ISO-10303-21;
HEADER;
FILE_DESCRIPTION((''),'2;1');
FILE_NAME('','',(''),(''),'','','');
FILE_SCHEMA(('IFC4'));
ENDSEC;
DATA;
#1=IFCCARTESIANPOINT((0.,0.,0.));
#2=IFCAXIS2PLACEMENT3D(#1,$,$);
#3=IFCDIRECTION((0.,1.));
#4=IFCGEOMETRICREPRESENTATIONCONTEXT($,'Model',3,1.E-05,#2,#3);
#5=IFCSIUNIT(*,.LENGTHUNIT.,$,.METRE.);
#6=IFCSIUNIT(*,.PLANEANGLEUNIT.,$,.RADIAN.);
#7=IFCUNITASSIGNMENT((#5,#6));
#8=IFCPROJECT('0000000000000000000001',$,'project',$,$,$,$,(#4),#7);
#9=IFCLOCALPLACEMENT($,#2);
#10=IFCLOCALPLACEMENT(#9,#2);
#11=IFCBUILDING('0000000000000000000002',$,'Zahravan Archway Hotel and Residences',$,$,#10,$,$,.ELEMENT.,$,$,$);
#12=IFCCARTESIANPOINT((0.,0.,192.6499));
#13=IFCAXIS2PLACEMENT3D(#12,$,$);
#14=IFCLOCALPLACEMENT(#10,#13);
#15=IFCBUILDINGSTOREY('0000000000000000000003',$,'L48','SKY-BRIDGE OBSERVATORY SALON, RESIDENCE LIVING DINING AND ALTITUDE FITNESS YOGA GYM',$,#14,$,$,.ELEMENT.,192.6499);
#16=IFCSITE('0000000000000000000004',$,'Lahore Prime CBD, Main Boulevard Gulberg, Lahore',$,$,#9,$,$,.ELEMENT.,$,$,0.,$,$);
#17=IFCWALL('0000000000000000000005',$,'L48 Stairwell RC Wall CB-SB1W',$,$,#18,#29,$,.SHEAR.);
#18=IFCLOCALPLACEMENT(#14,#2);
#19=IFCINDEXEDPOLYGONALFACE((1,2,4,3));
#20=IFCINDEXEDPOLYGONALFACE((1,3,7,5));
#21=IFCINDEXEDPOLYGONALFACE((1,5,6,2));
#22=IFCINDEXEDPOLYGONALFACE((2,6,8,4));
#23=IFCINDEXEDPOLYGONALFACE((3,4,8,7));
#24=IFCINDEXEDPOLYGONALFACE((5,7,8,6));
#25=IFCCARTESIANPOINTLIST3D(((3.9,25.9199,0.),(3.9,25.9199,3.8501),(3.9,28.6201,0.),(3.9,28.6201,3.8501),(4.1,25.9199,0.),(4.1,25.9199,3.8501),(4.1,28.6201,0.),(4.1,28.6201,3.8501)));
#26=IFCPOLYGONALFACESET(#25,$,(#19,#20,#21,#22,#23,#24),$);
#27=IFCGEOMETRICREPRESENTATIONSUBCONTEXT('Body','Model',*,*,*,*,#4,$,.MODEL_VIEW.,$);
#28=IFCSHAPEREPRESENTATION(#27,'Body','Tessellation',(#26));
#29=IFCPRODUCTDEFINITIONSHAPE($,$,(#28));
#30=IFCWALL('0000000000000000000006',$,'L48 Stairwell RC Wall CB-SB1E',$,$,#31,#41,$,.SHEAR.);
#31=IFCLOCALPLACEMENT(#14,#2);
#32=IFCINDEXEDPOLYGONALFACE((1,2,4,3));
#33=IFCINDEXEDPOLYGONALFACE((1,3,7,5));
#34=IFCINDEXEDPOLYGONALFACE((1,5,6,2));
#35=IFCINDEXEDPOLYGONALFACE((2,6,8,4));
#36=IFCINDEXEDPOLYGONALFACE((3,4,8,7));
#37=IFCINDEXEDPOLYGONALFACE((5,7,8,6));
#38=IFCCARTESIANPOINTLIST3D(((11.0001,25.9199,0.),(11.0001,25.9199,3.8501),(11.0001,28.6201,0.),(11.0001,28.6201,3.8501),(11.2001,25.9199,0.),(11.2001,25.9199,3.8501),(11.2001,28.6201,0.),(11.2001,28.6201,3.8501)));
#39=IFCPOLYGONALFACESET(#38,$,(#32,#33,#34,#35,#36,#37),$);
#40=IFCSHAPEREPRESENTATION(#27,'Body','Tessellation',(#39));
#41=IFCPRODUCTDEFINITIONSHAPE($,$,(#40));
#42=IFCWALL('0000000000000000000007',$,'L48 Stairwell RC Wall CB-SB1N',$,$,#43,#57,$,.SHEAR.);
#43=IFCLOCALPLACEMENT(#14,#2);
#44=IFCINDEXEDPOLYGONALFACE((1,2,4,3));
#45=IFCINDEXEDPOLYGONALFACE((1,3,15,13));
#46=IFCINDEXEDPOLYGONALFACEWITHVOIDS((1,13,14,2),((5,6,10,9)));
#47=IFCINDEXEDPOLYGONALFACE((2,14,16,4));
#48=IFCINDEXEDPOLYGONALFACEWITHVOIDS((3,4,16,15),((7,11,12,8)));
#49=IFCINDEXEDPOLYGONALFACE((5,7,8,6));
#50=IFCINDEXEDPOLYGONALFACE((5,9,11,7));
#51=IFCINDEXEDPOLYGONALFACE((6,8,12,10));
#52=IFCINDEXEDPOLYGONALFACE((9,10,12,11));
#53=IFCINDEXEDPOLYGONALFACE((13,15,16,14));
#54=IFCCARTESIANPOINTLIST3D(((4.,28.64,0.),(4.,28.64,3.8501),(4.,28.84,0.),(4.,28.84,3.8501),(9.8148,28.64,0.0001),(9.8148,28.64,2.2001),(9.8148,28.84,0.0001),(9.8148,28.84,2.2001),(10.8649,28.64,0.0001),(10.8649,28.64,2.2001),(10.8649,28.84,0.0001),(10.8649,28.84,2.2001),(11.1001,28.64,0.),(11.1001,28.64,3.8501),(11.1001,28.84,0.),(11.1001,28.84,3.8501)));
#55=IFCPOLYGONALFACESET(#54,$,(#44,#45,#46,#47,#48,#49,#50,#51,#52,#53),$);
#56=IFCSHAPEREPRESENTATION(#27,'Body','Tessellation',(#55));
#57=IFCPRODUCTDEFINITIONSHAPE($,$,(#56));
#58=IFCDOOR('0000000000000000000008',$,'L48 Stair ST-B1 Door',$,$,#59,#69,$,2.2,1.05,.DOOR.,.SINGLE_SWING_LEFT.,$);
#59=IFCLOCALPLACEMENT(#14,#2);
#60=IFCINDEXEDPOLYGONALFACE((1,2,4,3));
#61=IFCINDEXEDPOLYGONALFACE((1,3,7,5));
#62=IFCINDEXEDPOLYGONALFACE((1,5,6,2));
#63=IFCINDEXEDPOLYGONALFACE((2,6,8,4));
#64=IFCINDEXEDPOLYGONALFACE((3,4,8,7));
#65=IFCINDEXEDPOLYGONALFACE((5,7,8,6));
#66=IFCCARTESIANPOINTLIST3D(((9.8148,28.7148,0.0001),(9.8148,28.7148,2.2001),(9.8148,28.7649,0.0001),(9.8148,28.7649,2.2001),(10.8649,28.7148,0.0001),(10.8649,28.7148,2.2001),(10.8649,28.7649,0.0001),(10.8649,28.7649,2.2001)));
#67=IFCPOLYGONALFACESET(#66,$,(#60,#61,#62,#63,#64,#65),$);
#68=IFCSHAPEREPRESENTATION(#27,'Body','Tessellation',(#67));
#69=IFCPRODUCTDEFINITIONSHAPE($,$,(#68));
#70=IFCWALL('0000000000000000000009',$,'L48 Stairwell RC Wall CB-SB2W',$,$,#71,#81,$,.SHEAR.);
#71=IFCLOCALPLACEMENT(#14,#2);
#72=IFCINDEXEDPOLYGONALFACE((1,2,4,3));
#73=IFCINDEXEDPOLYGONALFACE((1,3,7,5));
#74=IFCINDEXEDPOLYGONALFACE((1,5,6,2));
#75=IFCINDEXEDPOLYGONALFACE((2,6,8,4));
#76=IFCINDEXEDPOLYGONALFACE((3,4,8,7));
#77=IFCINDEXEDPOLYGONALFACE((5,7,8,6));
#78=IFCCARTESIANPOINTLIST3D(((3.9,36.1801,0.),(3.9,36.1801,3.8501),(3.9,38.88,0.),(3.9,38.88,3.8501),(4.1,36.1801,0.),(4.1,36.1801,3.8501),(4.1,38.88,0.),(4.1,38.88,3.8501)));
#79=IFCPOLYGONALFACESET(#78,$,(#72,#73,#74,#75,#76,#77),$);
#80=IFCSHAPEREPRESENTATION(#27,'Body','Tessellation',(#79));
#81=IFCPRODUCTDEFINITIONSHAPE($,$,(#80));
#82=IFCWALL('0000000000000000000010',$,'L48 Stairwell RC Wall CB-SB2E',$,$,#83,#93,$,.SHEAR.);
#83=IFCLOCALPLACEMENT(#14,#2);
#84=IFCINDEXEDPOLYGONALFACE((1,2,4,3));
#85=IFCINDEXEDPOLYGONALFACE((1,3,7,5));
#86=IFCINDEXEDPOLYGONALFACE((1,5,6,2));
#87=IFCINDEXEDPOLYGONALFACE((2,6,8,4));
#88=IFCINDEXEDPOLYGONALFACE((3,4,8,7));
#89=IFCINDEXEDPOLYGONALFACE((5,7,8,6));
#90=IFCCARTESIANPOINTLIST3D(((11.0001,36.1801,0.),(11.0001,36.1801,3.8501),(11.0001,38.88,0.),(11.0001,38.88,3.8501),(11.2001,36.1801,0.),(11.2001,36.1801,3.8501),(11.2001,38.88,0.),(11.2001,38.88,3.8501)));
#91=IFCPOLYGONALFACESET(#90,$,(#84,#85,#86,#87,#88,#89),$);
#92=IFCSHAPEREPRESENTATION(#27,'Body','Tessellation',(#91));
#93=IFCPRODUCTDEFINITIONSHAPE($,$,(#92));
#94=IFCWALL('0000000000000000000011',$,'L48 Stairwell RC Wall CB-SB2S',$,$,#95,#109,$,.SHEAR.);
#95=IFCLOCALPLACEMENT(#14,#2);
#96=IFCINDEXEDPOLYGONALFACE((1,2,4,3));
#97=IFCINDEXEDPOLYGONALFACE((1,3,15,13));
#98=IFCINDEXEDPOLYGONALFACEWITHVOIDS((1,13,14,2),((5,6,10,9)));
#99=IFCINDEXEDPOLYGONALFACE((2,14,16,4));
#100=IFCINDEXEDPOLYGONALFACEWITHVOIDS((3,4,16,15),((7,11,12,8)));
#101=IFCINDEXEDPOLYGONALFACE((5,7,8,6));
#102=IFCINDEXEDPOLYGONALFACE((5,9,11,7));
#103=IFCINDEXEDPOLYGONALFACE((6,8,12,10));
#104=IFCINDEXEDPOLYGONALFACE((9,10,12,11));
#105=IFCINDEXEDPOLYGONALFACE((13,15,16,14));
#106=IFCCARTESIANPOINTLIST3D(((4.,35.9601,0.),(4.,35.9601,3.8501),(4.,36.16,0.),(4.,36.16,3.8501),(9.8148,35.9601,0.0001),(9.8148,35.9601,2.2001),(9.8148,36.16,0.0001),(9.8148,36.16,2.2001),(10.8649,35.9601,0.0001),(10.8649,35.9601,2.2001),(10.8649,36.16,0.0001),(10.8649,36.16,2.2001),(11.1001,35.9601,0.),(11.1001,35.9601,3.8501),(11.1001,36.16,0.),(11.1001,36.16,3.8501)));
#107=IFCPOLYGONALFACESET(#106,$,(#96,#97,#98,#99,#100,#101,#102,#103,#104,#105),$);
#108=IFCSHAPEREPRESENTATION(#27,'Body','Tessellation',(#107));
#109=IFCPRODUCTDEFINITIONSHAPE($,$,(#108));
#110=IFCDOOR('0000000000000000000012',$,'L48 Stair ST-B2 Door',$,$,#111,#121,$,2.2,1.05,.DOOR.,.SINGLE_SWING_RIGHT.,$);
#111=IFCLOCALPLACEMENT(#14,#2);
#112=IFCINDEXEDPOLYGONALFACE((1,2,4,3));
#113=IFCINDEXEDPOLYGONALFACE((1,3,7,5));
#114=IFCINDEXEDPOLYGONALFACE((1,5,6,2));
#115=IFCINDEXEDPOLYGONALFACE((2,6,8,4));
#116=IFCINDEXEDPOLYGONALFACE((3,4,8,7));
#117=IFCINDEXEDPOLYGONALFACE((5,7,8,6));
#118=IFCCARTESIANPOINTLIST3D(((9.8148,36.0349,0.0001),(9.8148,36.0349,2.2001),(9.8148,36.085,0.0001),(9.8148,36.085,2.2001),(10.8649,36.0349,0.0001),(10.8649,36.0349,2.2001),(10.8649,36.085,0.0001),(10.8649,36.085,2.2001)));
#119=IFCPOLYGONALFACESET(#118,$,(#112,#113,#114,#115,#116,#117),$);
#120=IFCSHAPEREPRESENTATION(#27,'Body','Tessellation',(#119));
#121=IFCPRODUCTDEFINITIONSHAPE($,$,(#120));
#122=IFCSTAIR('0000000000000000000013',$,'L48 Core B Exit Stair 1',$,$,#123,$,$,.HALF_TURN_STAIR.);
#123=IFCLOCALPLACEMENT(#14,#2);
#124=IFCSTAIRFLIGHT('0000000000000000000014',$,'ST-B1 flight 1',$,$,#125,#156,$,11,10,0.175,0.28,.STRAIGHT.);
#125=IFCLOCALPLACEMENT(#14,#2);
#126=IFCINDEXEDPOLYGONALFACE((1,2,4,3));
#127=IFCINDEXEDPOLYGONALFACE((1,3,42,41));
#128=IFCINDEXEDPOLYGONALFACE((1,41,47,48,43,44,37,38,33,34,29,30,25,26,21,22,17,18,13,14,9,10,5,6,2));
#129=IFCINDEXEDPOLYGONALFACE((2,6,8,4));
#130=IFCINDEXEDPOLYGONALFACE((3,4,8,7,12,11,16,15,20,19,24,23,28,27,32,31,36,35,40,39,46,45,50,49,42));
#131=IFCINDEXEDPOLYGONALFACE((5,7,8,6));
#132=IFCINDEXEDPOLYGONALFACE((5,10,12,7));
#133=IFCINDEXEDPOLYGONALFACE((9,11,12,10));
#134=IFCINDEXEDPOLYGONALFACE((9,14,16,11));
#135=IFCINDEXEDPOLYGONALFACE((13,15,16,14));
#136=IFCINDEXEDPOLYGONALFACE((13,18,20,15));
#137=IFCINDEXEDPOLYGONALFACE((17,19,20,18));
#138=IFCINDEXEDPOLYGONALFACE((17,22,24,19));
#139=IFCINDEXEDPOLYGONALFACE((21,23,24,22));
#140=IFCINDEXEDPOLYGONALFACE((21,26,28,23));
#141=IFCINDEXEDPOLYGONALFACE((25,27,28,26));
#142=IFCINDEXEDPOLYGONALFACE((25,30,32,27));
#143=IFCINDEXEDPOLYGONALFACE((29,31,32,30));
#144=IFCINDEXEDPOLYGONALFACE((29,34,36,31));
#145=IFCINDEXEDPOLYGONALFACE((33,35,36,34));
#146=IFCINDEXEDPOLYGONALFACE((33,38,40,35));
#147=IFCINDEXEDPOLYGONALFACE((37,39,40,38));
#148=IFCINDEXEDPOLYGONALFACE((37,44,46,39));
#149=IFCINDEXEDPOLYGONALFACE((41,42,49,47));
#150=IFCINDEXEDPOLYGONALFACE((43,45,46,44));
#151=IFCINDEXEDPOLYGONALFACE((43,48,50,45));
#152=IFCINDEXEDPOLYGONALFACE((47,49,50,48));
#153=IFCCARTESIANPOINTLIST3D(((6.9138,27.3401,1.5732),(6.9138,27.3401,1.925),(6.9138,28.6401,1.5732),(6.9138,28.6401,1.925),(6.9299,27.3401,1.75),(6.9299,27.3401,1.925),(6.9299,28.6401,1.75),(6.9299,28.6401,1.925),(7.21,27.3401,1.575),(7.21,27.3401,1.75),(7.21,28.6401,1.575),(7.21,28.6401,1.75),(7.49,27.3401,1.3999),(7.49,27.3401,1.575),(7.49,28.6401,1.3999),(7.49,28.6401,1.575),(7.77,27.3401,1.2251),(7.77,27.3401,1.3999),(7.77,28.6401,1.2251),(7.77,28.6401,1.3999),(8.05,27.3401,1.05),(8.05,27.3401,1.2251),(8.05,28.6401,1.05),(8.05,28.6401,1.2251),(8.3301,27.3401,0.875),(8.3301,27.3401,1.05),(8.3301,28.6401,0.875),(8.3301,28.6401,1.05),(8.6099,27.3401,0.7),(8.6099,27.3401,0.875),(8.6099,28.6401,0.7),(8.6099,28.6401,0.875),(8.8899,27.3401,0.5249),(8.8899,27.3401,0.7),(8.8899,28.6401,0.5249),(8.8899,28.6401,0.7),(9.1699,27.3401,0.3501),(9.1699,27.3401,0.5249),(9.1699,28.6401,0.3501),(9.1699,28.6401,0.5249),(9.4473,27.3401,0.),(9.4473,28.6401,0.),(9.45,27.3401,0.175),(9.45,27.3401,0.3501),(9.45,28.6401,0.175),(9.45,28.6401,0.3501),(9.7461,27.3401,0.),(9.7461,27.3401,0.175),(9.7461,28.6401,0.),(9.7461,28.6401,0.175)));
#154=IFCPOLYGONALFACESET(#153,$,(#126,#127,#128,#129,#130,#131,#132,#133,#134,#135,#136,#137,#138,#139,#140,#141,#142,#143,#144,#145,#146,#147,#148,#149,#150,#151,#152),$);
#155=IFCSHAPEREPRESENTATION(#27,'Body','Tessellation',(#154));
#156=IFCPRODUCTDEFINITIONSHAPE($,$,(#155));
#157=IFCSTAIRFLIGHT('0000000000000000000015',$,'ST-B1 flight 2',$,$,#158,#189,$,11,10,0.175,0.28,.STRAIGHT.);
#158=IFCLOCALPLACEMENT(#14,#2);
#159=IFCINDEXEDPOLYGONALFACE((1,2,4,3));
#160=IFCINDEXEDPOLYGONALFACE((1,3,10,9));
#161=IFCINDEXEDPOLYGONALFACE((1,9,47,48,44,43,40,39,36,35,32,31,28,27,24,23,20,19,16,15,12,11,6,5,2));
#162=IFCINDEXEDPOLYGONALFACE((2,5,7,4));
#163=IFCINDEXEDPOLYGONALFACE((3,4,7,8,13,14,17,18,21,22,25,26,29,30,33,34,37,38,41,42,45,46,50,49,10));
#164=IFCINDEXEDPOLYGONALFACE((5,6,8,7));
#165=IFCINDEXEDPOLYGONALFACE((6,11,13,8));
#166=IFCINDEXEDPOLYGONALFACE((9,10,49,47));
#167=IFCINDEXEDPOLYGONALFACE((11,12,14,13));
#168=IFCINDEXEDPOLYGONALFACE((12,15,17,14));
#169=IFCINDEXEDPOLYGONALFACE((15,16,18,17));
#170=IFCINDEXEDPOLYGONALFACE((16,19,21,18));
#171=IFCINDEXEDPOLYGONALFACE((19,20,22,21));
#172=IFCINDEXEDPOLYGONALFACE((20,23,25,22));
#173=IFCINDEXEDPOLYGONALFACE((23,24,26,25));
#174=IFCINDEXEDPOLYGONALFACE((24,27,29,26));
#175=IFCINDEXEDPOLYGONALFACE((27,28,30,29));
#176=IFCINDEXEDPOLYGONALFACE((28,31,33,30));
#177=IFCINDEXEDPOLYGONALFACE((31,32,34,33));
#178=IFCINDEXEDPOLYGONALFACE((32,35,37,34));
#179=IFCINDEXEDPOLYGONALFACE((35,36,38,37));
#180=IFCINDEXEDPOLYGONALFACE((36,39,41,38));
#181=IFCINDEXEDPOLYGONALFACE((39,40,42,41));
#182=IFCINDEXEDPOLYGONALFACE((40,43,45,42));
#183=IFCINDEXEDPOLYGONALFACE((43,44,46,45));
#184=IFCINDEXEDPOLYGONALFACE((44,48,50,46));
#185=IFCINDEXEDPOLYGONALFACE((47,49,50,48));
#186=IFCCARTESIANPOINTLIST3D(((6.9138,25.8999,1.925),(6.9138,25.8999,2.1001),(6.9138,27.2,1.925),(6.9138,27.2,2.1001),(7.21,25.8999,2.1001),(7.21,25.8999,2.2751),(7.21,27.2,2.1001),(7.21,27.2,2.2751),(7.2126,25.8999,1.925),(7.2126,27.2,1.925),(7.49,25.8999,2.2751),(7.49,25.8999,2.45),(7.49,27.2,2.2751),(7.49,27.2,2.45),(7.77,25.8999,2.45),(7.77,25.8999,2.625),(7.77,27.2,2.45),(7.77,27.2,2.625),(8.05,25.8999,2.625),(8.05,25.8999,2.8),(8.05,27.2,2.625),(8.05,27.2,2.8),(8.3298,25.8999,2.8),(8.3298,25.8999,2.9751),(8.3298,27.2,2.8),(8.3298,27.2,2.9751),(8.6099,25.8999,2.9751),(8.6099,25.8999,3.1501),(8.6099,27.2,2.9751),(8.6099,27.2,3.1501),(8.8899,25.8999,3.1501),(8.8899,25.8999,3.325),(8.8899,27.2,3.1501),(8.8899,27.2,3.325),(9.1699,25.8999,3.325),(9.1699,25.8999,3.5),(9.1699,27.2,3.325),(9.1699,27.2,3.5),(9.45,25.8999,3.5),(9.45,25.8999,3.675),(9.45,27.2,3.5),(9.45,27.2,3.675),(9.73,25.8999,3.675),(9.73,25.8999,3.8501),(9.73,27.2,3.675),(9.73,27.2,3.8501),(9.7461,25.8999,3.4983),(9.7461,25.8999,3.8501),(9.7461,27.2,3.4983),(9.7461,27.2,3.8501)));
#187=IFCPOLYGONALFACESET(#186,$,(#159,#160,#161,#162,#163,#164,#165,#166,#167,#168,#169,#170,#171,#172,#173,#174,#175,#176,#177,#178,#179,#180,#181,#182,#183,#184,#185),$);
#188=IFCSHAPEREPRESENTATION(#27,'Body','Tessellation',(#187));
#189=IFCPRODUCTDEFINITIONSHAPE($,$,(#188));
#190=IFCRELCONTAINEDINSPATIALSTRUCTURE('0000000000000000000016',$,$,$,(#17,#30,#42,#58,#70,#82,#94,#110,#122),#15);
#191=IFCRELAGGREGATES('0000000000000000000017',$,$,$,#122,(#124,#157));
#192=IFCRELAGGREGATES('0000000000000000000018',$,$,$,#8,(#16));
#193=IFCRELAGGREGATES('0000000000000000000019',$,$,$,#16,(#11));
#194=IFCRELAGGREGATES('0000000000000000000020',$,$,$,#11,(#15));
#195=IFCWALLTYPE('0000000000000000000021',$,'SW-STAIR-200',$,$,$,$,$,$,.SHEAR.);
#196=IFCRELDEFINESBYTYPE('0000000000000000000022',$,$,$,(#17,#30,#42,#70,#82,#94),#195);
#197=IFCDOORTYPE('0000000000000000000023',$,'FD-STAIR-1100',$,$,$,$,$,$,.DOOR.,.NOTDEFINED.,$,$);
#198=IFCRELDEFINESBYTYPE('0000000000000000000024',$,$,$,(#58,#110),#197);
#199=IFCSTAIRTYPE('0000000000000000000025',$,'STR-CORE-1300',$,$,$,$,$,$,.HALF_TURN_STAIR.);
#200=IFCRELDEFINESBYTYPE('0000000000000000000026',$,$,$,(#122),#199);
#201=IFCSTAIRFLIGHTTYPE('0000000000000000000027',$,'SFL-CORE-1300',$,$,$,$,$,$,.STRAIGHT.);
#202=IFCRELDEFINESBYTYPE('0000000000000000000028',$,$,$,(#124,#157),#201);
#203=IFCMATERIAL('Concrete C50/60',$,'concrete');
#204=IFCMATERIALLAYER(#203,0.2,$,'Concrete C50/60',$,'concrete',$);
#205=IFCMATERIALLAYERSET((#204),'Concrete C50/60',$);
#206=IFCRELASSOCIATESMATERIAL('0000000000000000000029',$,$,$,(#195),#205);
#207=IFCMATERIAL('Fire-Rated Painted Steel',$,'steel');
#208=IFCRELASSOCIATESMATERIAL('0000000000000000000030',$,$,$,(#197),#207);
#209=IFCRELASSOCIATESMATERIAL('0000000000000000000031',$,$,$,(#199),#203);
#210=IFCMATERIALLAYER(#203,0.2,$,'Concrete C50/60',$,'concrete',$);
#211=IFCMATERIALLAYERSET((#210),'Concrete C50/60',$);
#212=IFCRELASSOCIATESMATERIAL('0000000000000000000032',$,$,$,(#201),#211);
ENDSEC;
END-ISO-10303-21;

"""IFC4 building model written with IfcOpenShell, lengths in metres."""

from ifc_helpers import new_model, si_unit, direction, frame, frame_2d, origin, place, context, subcontext, project, spatial, polyline, rectangle, outline, extrude, source, transform, mapped, material, layer, layer_set, type_object, type_shapes, element, fill, aggregate, save


model = new_model("IFC4")

# Units and contexts
model_context = context("Model", 3, precision=1e-05, world=origin(), true_north=direction((0.0, 1.0)))
body_context = subcontext(model_context, "Body", "Model", "MODEL_VIEW")
ifc_project = project(units=[si_unit("LENGTHUNIT", "METRE"), si_unit("PLANEANGLEUNIT", "RADIAN")], contexts=[model_context])

# Site, building, storey
site_placement = place(None, origin())
site = spatial("IfcSite", under=ifc_project, at=site_placement, Name="Lahore Prime CBD, Main Boulevard Gulberg, Lahore", CompositionType="ELEMENT", RefElevation=0.0)
building_placement = place(site_placement, origin())
building = spatial("IfcBuilding", under=site, at=building_placement, Name="Zahravan Archway Hotel and Residences", CompositionType="ELEMENT")
storey_placement = place(building_placement, frame((0.0, 0.0, 192.6499)))
storey = spatial("IfcBuildingStorey", under=building, at=storey_placement, Name="L48", Description="SKY-BRIDGE OBSERVATORY SALON, RESIDENCE LIVING DINING AND ALTITUDE FITNESS YOGA GYM", CompositionType="ELEMENT", Elevation=192.6499)

# Shared definitions
ifc_material_1 = material(Name="Fire-Rated Painted Steel", Category="steel")

# Walls
ifc_material_2 = material(Name="Concrete C50/60", Category="concrete")
ifc_layer_1 = layer(ifc_material_2, 0.2, Name="Concrete C50/60", Category="concrete")
ifc_layer_set_1 = layer_set([ifc_layer_1], Name="Concrete C50/60")
wall_type_1 = type_object("IfcWallType", Name="SW-STAIR-200", PredefinedType="SHEAR", material=ifc_layer_set_1)
for number, where, z_axis, x_axis, name in (
    (1, (4.0, 25.9199, 0.0), (0.0, 0.0, 1.0), (0.0, 1.0, 0.0), "L48 Stairwell RC Wall CB-SB1W"),
    (2, (11.1001, 25.9199, 0.0), (0.0, 0.0, 1.0), (0.0, 1.0, 0.0), "L48 Stairwell RC Wall CB-SB1E"),
):
    element("IfcWall", number, at=place(storey_placement, frame(where, z_axis=z_axis, x_axis=x_axis)), inside=storey, type_object=wall_type_1, Name=name, PredefinedType="SHEAR", context=body_context, shape_type="SweptSolid", body=[
        extrude(rectangle(XDim=2.7002, YDim=0.2, at=frame_2d((1.3501, 0.0))), origin(), (0.0, 0.0, 1.0), 3.8501),
    ])

# Wall, opening, door
wall_1_placement = place(storey_placement, frame((4.0, 28.74, 0.0), z_axis=(0.0, 0.0, 1.0), x_axis=(1.0, 0.0, 0.0)))
wall_1 = element("IfcWall", 3, at=wall_1_placement, inside=storey, type_object=wall_type_1, Name="L48 Stairwell RC Wall CB-SB1N", PredefinedType="SHEAR", context=body_context, shape_type="SweptSolid", body=[
    extrude(rectangle(XDim=7.1001, YDim=0.2, at=frame_2d((3.55, 0.0))), origin(), (0.0, 0.0, 1.0), 3.8501),
])
opening_1_placement = place(wall_1_placement, frame((5.8149, 0.0, 0.0)))
opening_1 = element("IfcOpeningElement", 4, at=opening_1_placement, cuts=wall_1, PredefinedType="OPENING", context=body_context, shape_type="SweptSolid", body=[
    extrude(rectangle(XDim=1.05, YDim=2.2, at=frame_2d((0.5249, 1.1001))), frame((0.0, 0.1099, 0.0), z_axis=(0.0, -1.0, 0.0), x_axis=(1.0, 0.0, 0.0)), (0.0, 0.0, 1.0), 0.22),
])
door_type_1 = type_object("IfcDoorType", Name="FD-STAIR-1100", OperationType="NOTDEFINED", PredefinedType="DOOR", material=ifc_material_1)
shared_shape_1 = source(origin(), body_context, "Body", "SweptSolid", [
    extrude(rectangle(XDim=1.05, YDim=2.2, at=frame_2d((0.5249, 1.1001))), frame((0.0, 0.0249, 0.0), z_axis=(0.0, -1.0, 0.0), x_axis=(1.0, 0.0, 0.0)), (0.0, 0.0, 1.0), 0.05),
])
type_shapes(door_type_1, [shared_shape_1])
door_1_placement = place(opening_1_placement, origin())
door_1 = element("IfcDoor", 5, at=door_1_placement, inside=storey, type_object=door_type_1, Name="L48 Stair ST-B1 Door", OperationType="SINGLE_SWING_LEFT", OverallHeight=2.2, OverallWidth=1.05, PredefinedType="DOOR", context=body_context, shape_type="MappedRepresentation", body=[
    mapped(shared_shape_1, transform((0.0, 0.0, 0.0), scale=1.0)),
])
fill(opening_1, door_1)

# Walls
for number, where, z_axis, x_axis, name in (
    (6, (4.0, 36.1799, 0.0), (0.0, 0.0, 1.0), (0.0, 1.0, 0.0), "L48 Stairwell RC Wall CB-SB2W"),
    (7, (11.1001, 36.1799, 0.0), (0.0, 0.0, 1.0), (0.0, 1.0, 0.0), "L48 Stairwell RC Wall CB-SB2E"),
):
    element("IfcWall", number, at=place(storey_placement, frame(where, z_axis=z_axis, x_axis=x_axis)), inside=storey, type_object=wall_type_1, Name=name, PredefinedType="SHEAR", context=body_context, shape_type="SweptSolid", body=[
        extrude(rectangle(XDim=2.7, YDim=0.2, at=frame_2d((1.3501, 0.0))), origin(), (0.0, 0.0, 1.0), 3.8501),
    ])

# Wall, opening, door
wall_2_placement = place(storey_placement, frame((4.0, 36.0601, 0.0), z_axis=(0.0, 0.0, 1.0), x_axis=(1.0, 0.0, 0.0)))
wall_2 = element("IfcWall", 8, at=wall_2_placement, inside=storey, type_object=wall_type_1, Name="L48 Stairwell RC Wall CB-SB2S", PredefinedType="SHEAR", context=body_context, shape_type="SweptSolid", body=[
    extrude(rectangle(XDim=7.1001, YDim=0.2, at=frame_2d((3.55, 0.0))), origin(), (0.0, 0.0, 1.0), 3.8501),
])
opening_2_placement = place(wall_2_placement, frame((5.8149, 0.0, 0.0)))
opening_2 = element("IfcOpeningElement", 9, at=opening_2_placement, cuts=wall_2, PredefinedType="OPENING", context=body_context, shape_type="SweptSolid", body=[
    extrude(rectangle(XDim=1.05, YDim=2.2, at=frame_2d((0.5249, 1.1001))), frame((0.0, 0.1099, 0.0), z_axis=(0.0, -1.0, 0.0), x_axis=(1.0, 0.0, 0.0)), (0.0, 0.0, 1.0), 0.22),
])
door_2_placement = place(opening_2_placement, origin())
door_2 = element("IfcDoor", 10, at=door_2_placement, inside=storey, type_object=door_type_1, Name="L48 Stair ST-B2 Door", OperationType="SINGLE_SWING_RIGHT", OverallHeight=2.2, OverallWidth=1.05, PredefinedType="DOOR", context=body_context, shape_type="MappedRepresentation", body=[
    mapped(shared_shape_1, transform((0.0, 0.0, 0.0), scale=1.0)),
])
fill(opening_2, door_2)

# Stair, stair flights
stair_type = type_object("IfcStairType", Name="STR-CORE-1300", PredefinedType="HALF_TURN_STAIR", material=ifc_material_2)
stair_1_placement = place(storey_placement, origin())
stair_1 = element("IfcStair", 11, at=stair_1_placement, inside=storey, type_object=stair_type, Name="L48 Core B Exit Stair 1", PredefinedType="HALF_TURN_STAIR")
ifc_layer_2 = layer(ifc_material_2, 0.2, Name="Concrete C50/60", Category="concrete")
ifc_layer_set_2 = layer_set([ifc_layer_2], Name="Concrete C50/60")
stair_flight_type = type_object("IfcStairFlightType", Name="SFL-CORE-1300", PredefinedType="STRAIGHT", material=ifc_layer_set_2)
shared_shape_2 = source(origin(), body_context, "Body", "SweptSolid", [
    extrude(outline(polyline([(-0.0161, 0.0), (-0.0161, 0.175), (0.28, 0.175), (0.28, 0.3501), (0.5601, 0.3501), (0.5601, 0.5249), (0.8401, 0.5249), (0.8401, 0.7), (1.1201, 0.7), (1.1201, 0.875), (1.3999, 0.875), (1.3999, 1.05), (1.6799, 1.05), (1.6799, 1.2251), (1.96, 1.2251), (1.96, 1.3999), (2.24, 1.3999), (2.24, 1.575), (2.52, 1.575), (2.52, 1.75), (2.8, 1.75), (2.8, 1.925), (2.8162, 1.925), (2.8162, 1.5732), (0.2827, 0.0), (-0.0161, 0.0)])), frame((0.0, 0.6499, 0.0), z_axis=(0.0, -1.0, 0.0), x_axis=(1.0, 0.0, 0.0)), (0.0, 0.0, 1.0), 1.3),
])
stair_flight_1_placement = place(storey_placement, frame((9.73, 27.99, 0.0), z_axis=(0.0, 0.0, 1.0), x_axis=(-1.0, 0.0, 0.0)))
stair_flight_1 = element("IfcStairFlight", 12, at=stair_flight_1_placement, type_object=stair_flight_type, Name="ST-B1 flight 1", NumberOfRisers=11, NumberOfTreads=10, PredefinedType="STRAIGHT", RiserHeight=0.175, TreadLength=0.28, context=body_context, shape_type="MappedRepresentation", body=[
    mapped(shared_shape_2, transform((0.0, 0.0, 0.0), scale=1.0)),
])
stair_flight_2_placement = place(storey_placement, frame((6.9299, 26.55, 1.925), z_axis=(0.0, 0.0, 1.0), x_axis=(1.0, 0.0, 0.0)))
stair_flight_2 = element("IfcStairFlight", 13, at=stair_flight_2_placement, type_object=stair_flight_type, Name="ST-B1 flight 2", NumberOfRisers=11, NumberOfTreads=10, PredefinedType="STRAIGHT", RiserHeight=0.175, TreadLength=0.28, context=body_context, shape_type="MappedRepresentation", body=[
    mapped(shared_shape_2, transform((0.0, 0.0, 0.0), scale=1.0)),
])
aggregate(stair_1, [stair_flight_1, stair_flight_2])

save(model, "model.ifc")
